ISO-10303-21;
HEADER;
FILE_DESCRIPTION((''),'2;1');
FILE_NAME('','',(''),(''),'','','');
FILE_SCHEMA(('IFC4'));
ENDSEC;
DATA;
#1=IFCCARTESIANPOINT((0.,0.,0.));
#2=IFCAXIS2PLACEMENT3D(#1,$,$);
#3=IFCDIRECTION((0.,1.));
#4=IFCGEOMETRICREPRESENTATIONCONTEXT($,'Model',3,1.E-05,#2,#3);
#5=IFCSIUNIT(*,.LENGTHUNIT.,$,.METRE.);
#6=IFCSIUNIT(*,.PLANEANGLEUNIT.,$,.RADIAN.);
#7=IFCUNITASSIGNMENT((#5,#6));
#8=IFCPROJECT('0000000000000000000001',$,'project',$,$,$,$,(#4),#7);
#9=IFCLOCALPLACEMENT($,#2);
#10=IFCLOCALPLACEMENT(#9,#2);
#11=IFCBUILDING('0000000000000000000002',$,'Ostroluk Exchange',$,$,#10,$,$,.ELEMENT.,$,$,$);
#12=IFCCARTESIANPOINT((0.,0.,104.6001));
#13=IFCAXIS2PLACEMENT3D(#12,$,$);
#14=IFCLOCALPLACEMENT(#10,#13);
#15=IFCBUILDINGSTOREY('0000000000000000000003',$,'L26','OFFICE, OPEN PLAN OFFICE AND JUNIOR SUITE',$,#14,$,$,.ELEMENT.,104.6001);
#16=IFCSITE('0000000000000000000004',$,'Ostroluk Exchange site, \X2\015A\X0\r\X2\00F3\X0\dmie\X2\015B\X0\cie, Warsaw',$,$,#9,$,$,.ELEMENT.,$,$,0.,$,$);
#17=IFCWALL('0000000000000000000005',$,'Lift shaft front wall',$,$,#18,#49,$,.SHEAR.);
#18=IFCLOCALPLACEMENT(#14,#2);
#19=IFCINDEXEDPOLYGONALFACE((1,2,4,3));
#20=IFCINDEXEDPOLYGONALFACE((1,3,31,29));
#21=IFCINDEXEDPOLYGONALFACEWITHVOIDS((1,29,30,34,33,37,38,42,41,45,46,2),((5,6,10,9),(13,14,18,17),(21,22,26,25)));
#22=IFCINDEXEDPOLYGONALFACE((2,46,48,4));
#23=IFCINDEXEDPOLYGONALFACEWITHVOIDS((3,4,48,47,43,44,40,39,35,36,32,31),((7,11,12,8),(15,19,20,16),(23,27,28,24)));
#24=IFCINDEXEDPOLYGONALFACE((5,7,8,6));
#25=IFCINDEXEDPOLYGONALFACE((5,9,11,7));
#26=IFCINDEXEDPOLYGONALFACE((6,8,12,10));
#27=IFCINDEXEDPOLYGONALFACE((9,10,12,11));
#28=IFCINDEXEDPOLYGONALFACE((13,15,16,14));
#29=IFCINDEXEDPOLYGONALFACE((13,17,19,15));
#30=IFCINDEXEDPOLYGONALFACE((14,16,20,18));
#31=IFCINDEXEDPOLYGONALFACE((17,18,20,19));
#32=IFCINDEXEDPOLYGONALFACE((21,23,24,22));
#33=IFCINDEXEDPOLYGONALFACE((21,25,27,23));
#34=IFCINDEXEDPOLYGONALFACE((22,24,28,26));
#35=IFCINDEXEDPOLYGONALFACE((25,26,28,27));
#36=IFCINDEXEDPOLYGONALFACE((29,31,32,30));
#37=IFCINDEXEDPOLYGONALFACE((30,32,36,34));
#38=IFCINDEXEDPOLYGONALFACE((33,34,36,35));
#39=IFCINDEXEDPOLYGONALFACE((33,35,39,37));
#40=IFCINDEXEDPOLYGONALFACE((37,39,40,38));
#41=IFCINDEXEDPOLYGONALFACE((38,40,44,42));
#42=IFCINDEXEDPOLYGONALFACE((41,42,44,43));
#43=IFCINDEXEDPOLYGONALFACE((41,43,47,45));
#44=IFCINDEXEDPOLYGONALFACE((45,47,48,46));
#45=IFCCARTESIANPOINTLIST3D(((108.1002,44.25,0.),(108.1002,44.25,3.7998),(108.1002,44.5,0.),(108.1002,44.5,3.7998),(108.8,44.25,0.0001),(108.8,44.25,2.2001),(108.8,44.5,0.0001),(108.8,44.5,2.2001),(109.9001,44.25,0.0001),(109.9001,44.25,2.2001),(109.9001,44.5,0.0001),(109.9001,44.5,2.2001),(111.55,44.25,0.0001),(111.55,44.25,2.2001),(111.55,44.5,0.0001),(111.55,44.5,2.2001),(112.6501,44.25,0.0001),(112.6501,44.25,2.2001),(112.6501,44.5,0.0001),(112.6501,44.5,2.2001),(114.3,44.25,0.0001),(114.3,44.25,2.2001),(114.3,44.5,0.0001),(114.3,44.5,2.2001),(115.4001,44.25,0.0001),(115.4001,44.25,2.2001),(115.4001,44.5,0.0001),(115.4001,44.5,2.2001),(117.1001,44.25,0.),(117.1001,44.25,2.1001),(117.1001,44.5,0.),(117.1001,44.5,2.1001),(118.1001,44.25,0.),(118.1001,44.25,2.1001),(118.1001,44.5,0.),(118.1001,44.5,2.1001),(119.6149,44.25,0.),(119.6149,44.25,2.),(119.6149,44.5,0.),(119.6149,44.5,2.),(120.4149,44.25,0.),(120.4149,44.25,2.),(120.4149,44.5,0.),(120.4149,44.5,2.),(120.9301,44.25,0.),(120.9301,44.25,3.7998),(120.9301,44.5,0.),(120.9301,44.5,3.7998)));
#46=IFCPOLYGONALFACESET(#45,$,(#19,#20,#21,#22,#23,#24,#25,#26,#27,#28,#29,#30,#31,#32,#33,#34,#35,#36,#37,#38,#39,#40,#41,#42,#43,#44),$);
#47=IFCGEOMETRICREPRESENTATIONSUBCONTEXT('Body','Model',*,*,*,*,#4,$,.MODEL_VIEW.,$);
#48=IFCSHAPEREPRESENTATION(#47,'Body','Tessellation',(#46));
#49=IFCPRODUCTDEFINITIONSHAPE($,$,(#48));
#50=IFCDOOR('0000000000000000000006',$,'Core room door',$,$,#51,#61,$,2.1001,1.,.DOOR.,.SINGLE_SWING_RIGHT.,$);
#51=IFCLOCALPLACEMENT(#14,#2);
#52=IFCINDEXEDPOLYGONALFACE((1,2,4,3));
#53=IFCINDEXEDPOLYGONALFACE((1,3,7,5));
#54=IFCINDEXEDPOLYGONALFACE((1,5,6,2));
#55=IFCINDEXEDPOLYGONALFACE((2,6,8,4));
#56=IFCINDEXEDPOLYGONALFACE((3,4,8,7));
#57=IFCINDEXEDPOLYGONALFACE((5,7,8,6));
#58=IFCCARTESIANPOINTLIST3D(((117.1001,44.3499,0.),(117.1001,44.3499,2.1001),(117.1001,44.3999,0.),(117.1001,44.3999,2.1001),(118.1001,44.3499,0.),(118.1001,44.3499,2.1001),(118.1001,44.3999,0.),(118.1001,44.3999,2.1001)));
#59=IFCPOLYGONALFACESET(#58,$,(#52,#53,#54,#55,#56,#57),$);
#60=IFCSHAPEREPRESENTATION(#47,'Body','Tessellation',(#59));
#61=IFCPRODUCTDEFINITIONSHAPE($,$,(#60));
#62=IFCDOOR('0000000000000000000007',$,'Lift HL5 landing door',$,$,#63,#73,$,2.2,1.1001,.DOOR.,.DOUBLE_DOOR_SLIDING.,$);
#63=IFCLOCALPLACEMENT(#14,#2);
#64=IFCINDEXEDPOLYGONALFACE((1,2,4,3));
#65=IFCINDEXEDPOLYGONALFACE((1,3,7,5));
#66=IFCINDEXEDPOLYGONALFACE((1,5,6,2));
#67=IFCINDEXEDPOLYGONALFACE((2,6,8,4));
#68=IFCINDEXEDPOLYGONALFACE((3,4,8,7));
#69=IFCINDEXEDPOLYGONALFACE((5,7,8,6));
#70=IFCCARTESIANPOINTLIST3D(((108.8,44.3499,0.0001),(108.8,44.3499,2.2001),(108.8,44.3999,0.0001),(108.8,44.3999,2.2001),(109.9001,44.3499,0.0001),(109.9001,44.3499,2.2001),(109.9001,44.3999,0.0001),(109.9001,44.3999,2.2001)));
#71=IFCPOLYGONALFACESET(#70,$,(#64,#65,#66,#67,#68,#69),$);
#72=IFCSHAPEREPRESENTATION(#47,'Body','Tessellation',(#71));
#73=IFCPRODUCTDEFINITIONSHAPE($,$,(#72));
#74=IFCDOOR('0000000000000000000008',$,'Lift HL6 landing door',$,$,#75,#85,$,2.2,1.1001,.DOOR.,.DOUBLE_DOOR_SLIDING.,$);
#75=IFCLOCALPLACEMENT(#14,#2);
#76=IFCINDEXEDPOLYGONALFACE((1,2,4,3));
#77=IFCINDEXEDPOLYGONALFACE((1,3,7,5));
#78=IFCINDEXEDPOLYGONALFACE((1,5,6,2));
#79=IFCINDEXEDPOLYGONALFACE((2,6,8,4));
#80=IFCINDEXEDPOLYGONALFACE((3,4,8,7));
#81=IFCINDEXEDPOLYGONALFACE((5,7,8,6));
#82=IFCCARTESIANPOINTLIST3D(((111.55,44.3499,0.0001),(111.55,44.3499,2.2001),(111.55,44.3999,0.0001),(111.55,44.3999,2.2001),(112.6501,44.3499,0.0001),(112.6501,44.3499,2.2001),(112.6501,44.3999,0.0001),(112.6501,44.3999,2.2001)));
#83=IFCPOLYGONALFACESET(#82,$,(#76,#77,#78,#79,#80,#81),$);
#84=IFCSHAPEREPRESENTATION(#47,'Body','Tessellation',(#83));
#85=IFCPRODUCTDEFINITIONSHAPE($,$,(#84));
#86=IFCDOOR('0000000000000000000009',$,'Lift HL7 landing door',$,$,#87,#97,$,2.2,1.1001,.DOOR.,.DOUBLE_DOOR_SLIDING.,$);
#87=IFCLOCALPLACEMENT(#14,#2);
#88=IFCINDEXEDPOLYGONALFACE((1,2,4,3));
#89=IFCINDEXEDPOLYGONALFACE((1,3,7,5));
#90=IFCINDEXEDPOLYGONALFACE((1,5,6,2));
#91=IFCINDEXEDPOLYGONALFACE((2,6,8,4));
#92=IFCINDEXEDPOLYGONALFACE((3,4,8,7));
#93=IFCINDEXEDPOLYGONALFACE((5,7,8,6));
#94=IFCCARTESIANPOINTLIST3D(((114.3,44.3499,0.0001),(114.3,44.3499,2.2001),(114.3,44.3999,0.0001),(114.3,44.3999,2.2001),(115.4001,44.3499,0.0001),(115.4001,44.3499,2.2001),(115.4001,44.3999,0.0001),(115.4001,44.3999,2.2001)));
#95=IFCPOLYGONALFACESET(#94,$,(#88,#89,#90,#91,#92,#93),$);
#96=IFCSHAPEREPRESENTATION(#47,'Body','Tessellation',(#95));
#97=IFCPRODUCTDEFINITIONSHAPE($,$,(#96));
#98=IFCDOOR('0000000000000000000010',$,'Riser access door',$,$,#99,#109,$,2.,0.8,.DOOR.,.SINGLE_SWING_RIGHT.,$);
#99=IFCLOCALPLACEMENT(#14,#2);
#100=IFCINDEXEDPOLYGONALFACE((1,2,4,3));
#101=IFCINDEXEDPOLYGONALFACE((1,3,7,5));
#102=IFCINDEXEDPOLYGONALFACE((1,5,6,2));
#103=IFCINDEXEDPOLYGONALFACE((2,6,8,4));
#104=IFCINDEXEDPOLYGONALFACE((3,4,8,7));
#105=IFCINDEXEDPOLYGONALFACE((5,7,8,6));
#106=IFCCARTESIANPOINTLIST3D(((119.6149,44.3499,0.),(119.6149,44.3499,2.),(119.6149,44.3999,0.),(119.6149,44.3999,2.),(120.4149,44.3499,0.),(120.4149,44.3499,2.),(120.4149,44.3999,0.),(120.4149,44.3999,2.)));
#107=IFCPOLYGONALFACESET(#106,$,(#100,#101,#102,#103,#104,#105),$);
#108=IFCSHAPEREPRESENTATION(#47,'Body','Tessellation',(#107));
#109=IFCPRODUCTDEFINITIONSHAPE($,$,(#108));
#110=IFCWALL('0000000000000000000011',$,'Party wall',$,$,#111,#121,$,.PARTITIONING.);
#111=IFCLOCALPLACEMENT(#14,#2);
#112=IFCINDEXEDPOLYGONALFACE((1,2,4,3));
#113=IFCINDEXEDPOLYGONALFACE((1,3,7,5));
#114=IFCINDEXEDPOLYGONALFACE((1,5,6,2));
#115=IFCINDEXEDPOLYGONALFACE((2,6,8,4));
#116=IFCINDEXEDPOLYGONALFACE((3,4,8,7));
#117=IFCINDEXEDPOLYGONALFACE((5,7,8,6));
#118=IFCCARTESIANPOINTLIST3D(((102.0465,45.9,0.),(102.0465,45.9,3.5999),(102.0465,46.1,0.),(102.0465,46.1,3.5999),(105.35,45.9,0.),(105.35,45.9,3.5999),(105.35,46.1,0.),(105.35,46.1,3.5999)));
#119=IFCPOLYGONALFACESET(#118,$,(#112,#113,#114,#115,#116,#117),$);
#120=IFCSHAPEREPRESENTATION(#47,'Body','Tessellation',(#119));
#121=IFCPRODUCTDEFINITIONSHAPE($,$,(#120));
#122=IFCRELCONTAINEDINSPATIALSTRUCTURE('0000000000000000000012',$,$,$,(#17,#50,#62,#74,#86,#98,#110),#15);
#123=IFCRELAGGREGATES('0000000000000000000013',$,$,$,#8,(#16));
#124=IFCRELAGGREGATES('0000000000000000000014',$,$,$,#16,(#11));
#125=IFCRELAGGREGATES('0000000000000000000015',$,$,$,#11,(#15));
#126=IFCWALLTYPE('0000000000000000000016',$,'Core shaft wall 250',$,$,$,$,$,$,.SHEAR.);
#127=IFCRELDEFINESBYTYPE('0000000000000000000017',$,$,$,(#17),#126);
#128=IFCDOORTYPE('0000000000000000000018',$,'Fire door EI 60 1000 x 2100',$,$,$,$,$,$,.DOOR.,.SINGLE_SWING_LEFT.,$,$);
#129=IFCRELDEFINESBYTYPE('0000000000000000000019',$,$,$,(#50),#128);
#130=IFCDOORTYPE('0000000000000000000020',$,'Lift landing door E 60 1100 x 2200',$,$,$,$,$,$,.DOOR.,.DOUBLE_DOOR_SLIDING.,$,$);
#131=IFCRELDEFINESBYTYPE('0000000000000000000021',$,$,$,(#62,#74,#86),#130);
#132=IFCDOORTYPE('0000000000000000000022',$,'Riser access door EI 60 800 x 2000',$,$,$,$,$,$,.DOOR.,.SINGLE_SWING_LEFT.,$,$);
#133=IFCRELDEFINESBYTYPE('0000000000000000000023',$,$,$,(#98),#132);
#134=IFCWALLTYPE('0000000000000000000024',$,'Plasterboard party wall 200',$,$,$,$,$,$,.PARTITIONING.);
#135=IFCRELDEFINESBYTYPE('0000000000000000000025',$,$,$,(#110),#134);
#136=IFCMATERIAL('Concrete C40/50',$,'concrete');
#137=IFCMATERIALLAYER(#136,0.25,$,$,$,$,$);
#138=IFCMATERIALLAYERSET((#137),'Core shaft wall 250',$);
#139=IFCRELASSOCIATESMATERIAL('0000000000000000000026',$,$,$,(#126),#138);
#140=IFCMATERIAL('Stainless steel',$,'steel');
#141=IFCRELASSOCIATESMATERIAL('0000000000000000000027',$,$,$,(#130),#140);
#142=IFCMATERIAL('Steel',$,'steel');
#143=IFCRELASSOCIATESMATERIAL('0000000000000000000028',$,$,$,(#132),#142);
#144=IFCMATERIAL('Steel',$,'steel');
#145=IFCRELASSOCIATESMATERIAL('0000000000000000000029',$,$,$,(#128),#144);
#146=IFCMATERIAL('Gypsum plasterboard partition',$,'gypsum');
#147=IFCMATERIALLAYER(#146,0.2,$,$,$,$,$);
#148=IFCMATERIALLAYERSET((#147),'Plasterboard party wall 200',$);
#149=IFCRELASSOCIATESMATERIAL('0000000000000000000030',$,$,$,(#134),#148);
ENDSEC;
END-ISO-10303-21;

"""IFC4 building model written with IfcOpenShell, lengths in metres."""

from ifc_helpers import new_model, si_unit, direction, frame, frame_2d, origin, place, context, subcontext, project, spatial, rectangle, extrude, material, layer, layer_set, type_object, element, fill, save


model = new_model("IFC4")

# Units and contexts
model_context = context("Model", 3, precision=1e-05, world=origin(), true_north=direction((0.0, 1.0)))
body_context = subcontext(model_context, "Body", "Model", "MODEL_VIEW")
ifc_project = project(units=[si_unit("LENGTHUNIT", "METRE"), si_unit("PLANEANGLEUNIT", "RADIAN")], contexts=[model_context])

# Site, building, storey
site_placement = place(None, origin())
site = spatial("IfcSite", under=ifc_project, at=site_placement, Name="Ostroluk Exchange site, Śródmieście, Warsaw", CompositionType="ELEMENT", RefElevation=0.0)
building_placement = place(site_placement, origin())
building = spatial("IfcBuilding", under=site, at=building_placement, Name="Ostroluk Exchange", CompositionType="ELEMENT")
storey_placement = place(building_placement, frame((0.0, 0.0, 104.6001)))
storey = spatial("IfcBuildingStorey", under=building, at=storey_placement, Name="L26", Description="OFFICE, OPEN PLAN OFFICE AND JUNIOR SUITE", CompositionType="ELEMENT", Elevation=104.6001)

# Shared definitions
ifc_material_1 = material(Name="Concrete C40/50", Category="concrete")
ifc_layer_1 = layer(ifc_material_1, 0.25)
ifc_layer_set_1 = layer_set([ifc_layer_1], Name="Core shaft wall 250")
wall_type_1 = type_object("IfcWallType", Name="Core shaft wall 250", PredefinedType="SHEAR", material=ifc_layer_set_1)

# Shared definitions
ifc_material_2 = material(Name="Stainless steel", Category="steel")
door_type_1 = type_object("IfcDoorType", Name="Lift landing door E 60 1100 x 2200", OperationType="DOUBLE_DOOR_SLIDING", PredefinedType="DOOR", material=ifc_material_2)
ifc_material_3 = material(Name="Steel", Category="steel")
door_type_2 = type_object("IfcDoorType", Name="Riser access door EI 60 800 x 2000", OperationType="SINGLE_SWING_LEFT", PredefinedType="DOOR", material=ifc_material_3)

# Wall, openings, doors
wall_1_placement = place(storey_placement, frame((108.1001, 44.375, 0.0), z_axis=(0.0, 0.0, 1.0), x_axis=(1.0, 0.0, 0.0)))
wall_1 = element("IfcWall", 1, at=wall_1_placement, inside=storey, type_object=wall_type_1, Name="Lift shaft front wall", PredefinedType="SHEAR", context=body_context, shape_type="SweptSolid", body=[
    extrude(rectangle(XDim=12.8298, YDim=0.25, at=frame_2d((6.415, 0.0))), origin(), (0.0, 0.0, 1.0), 3.7998),
])
opening_1_placement = place(wall_1_placement, frame((0.7, 0.0, 0.0)))
opening_1 = element("IfcOpeningElement", 2, at=opening_1_placement, cuts=wall_1, PredefinedType="OPENING", context=body_context, shape_type="SweptSolid", body=[
    extrude(rectangle(XDim=1.1001, YDim=2.2, at=frame_2d((0.55, 1.1001))), frame((0.0, 0.135, 0.0), z_axis=(0.0, -1.0, 0.0), x_axis=(1.0, 0.0, 0.0)), (0.0, 0.0, 1.0), 0.27),
])
opening_2_placement = place(wall_1_placement, frame((3.45, 0.0, 0.0)))
opening_2 = element("IfcOpeningElement", 3, at=opening_2_placement, cuts=wall_1, PredefinedType="OPENING", context=body_context, shape_type="SweptSolid", body=[
    extrude(rectangle(XDim=1.1001, YDim=2.2, at=frame_2d((0.55, 1.1001))), frame((0.0, 0.135, 0.0), z_axis=(0.0, -1.0, 0.0), x_axis=(1.0, 0.0, 0.0)), (0.0, 0.0, 1.0), 0.27),
])
opening_3_placement = place(wall_1_placement, frame((6.2, 0.0, 0.0)))
opening_3 = element("IfcOpeningElement", 4, at=opening_3_placement, cuts=wall_1, PredefinedType="OPENING", context=body_context, shape_type="SweptSolid", body=[
    extrude(rectangle(XDim=1.1001, YDim=2.2, at=frame_2d((0.55, 1.1001))), frame((0.0, 0.135, 0.0), z_axis=(0.0, -1.0, 0.0), x_axis=(1.0, 0.0, 0.0)), (0.0, 0.0, 1.0), 0.27),
])
opening_4_placement = place(wall_1_placement, frame((9.0, 0.0, 0.0)))
opening_4 = element("IfcOpeningElement", 5, at=opening_4_placement, cuts=wall_1, PredefinedType="OPENING", context=body_context, shape_type="SweptSolid", body=[
    extrude(rectangle(XDim=1.0, YDim=2.1001, at=frame_2d((0.5, 1.05))), frame((0.0, 0.135, 0.0), z_axis=(0.0, -1.0, 0.0), x_axis=(1.0, 0.0, 0.0)), (0.0, 0.0, 1.0), 0.27),
])
opening_5_placement = place(wall_1_placement, frame((11.5149, 0.0, 0.0)))
opening_5 = element("IfcOpeningElement", 6, at=opening_5_placement, cuts=wall_1, PredefinedType="OPENING", context=body_context, shape_type="SweptSolid", body=[
    extrude(rectangle(XDim=0.8, YDim=2.0, at=frame_2d((0.3999, 1.0))), frame((0.0, 0.135, 0.0), z_axis=(0.0, -1.0, 0.0), x_axis=(1.0, 0.0, 0.0)), (0.0, 0.0, 1.0), 0.27),
])
ifc_material_4 = material(Name="Steel", Category="steel")
door_type_3 = type_object("IfcDoorType", Name="Fire door EI 60 1000 x 2100", OperationType="SINGLE_SWING_LEFT", PredefinedType="DOOR", material=ifc_material_4)
door_1_placement = place(opening_4_placement, origin())
door_1 = element("IfcDoor", 7, at=door_1_placement, inside=storey, type_object=door_type_3, Name="Core room door", OperationType="SINGLE_SWING_RIGHT", OverallHeight=2.1001, OverallWidth=1.0, PredefinedType="DOOR", context=body_context, shape_type="SweptSolid", body=[
    extrude(rectangle(XDim=1.0, YDim=2.1001, at=frame_2d((0.5, 1.05))), frame((0.0, 0.0249, 0.0), z_axis=(0.0, -1.0, 0.0), x_axis=(1.0, 0.0, 0.0)), (0.0, 0.0, 1.0), 0.05),
])
fill(opening_4, door_1)
door_2_placement = place(opening_1_placement, origin())
door_2 = element("IfcDoor", 8, at=door_2_placement, inside=storey, type_object=door_type_1, Name="Lift HL5 landing door", OperationType="DOUBLE_DOOR_SLIDING", OverallHeight=2.2, OverallWidth=1.1001, PredefinedType="DOOR", context=body_context, shape_type="SweptSolid", body=[
    extrude(rectangle(XDim=1.1001, YDim=2.2, at=frame_2d((0.55, 1.1001))), frame((0.0, 0.0249, 0.0), z_axis=(0.0, -1.0, 0.0), x_axis=(1.0, 0.0, 0.0)), (0.0, 0.0, 1.0), 0.05),
])
fill(opening_1, door_2)
door_3_placement = place(opening_2_placement, origin())
door_3 = element("IfcDoor", 9, at=door_3_placement, inside=storey, type_object=door_type_1, Name="Lift HL6 landing door", OperationType="DOUBLE_DOOR_SLIDING", OverallHeight=2.2, OverallWidth=1.1001, PredefinedType="DOOR", context=body_context, shape_type="SweptSolid", body=[
    extrude(rectangle(XDim=1.1001, YDim=2.2, at=frame_2d((0.55, 1.1001))), frame((0.0, 0.0249, 0.0), z_axis=(0.0, -1.0, 0.0), x_axis=(1.0, 0.0, 0.0)), (0.0, 0.0, 1.0), 0.05),
])
fill(opening_2, door_3)
door_4_placement = place(opening_3_placement, origin())
door_4 = element("IfcDoor", 10, at=door_4_placement, inside=storey, type_object=door_type_1, Name="Lift HL7 landing door", OperationType="DOUBLE_DOOR_SLIDING", OverallHeight=2.2, OverallWidth=1.1001, PredefinedType="DOOR", context=body_context, shape_type="SweptSolid", body=[
    extrude(rectangle(XDim=1.1001, YDim=2.2, at=frame_2d((0.55, 1.1001))), frame((0.0, 0.0249, 0.0), z_axis=(0.0, -1.0, 0.0), x_axis=(1.0, 0.0, 0.0)), (0.0, 0.0, 1.0), 0.05),
])
fill(opening_3, door_4)
door_5_placement = place(opening_5_placement, origin())
door_5 = element("IfcDoor", 11, at=door_5_placement, inside=storey, type_object=door_type_2, Name="Riser access door", OperationType="SINGLE_SWING_RIGHT", OverallHeight=2.0, OverallWidth=0.8, PredefinedType="DOOR", context=body_context, shape_type="SweptSolid", body=[
    extrude(rectangle(XDim=0.8, YDim=2.0, at=frame_2d((0.3999, 1.0))), frame((0.0, 0.0249, 0.0), z_axis=(0.0, -1.0, 0.0), x_axis=(1.0, 0.0, 0.0)), (0.0, 0.0, 1.0), 0.05),
])
fill(opening_5, door_5)

# Wall
ifc_material_5 = material(Name="Gypsum plasterboard partition", Category="gypsum")
ifc_layer_2 = layer(ifc_material_5, 0.2)
ifc_layer_set_2 = layer_set([ifc_layer_2], Name="Plasterboard party wall 200")
wall_type_2 = type_object("IfcWallType", Name="Plasterboard party wall 200", PredefinedType="PARTITIONING", material=ifc_layer_set_2)
wall_2_placement = place(storey_placement, frame((105.3501, 46.0, 0.0), z_axis=(0.0, 0.0, 1.0), x_axis=(-1.0, 0.0, 0.0)))
element("IfcWall", 12, at=wall_2_placement, inside=storey, type_object=wall_type_2, Name="Party wall", PredefinedType="PARTITIONING", context=body_context, shape_type="SweptSolid", body=[
    extrude(rectangle(XDim=3.3035, YDim=0.2, at=frame_2d((1.6519, 0.0))), origin(), (0.0, 0.0, 1.0), 3.5999),
])

save(model, "model.ifc")
